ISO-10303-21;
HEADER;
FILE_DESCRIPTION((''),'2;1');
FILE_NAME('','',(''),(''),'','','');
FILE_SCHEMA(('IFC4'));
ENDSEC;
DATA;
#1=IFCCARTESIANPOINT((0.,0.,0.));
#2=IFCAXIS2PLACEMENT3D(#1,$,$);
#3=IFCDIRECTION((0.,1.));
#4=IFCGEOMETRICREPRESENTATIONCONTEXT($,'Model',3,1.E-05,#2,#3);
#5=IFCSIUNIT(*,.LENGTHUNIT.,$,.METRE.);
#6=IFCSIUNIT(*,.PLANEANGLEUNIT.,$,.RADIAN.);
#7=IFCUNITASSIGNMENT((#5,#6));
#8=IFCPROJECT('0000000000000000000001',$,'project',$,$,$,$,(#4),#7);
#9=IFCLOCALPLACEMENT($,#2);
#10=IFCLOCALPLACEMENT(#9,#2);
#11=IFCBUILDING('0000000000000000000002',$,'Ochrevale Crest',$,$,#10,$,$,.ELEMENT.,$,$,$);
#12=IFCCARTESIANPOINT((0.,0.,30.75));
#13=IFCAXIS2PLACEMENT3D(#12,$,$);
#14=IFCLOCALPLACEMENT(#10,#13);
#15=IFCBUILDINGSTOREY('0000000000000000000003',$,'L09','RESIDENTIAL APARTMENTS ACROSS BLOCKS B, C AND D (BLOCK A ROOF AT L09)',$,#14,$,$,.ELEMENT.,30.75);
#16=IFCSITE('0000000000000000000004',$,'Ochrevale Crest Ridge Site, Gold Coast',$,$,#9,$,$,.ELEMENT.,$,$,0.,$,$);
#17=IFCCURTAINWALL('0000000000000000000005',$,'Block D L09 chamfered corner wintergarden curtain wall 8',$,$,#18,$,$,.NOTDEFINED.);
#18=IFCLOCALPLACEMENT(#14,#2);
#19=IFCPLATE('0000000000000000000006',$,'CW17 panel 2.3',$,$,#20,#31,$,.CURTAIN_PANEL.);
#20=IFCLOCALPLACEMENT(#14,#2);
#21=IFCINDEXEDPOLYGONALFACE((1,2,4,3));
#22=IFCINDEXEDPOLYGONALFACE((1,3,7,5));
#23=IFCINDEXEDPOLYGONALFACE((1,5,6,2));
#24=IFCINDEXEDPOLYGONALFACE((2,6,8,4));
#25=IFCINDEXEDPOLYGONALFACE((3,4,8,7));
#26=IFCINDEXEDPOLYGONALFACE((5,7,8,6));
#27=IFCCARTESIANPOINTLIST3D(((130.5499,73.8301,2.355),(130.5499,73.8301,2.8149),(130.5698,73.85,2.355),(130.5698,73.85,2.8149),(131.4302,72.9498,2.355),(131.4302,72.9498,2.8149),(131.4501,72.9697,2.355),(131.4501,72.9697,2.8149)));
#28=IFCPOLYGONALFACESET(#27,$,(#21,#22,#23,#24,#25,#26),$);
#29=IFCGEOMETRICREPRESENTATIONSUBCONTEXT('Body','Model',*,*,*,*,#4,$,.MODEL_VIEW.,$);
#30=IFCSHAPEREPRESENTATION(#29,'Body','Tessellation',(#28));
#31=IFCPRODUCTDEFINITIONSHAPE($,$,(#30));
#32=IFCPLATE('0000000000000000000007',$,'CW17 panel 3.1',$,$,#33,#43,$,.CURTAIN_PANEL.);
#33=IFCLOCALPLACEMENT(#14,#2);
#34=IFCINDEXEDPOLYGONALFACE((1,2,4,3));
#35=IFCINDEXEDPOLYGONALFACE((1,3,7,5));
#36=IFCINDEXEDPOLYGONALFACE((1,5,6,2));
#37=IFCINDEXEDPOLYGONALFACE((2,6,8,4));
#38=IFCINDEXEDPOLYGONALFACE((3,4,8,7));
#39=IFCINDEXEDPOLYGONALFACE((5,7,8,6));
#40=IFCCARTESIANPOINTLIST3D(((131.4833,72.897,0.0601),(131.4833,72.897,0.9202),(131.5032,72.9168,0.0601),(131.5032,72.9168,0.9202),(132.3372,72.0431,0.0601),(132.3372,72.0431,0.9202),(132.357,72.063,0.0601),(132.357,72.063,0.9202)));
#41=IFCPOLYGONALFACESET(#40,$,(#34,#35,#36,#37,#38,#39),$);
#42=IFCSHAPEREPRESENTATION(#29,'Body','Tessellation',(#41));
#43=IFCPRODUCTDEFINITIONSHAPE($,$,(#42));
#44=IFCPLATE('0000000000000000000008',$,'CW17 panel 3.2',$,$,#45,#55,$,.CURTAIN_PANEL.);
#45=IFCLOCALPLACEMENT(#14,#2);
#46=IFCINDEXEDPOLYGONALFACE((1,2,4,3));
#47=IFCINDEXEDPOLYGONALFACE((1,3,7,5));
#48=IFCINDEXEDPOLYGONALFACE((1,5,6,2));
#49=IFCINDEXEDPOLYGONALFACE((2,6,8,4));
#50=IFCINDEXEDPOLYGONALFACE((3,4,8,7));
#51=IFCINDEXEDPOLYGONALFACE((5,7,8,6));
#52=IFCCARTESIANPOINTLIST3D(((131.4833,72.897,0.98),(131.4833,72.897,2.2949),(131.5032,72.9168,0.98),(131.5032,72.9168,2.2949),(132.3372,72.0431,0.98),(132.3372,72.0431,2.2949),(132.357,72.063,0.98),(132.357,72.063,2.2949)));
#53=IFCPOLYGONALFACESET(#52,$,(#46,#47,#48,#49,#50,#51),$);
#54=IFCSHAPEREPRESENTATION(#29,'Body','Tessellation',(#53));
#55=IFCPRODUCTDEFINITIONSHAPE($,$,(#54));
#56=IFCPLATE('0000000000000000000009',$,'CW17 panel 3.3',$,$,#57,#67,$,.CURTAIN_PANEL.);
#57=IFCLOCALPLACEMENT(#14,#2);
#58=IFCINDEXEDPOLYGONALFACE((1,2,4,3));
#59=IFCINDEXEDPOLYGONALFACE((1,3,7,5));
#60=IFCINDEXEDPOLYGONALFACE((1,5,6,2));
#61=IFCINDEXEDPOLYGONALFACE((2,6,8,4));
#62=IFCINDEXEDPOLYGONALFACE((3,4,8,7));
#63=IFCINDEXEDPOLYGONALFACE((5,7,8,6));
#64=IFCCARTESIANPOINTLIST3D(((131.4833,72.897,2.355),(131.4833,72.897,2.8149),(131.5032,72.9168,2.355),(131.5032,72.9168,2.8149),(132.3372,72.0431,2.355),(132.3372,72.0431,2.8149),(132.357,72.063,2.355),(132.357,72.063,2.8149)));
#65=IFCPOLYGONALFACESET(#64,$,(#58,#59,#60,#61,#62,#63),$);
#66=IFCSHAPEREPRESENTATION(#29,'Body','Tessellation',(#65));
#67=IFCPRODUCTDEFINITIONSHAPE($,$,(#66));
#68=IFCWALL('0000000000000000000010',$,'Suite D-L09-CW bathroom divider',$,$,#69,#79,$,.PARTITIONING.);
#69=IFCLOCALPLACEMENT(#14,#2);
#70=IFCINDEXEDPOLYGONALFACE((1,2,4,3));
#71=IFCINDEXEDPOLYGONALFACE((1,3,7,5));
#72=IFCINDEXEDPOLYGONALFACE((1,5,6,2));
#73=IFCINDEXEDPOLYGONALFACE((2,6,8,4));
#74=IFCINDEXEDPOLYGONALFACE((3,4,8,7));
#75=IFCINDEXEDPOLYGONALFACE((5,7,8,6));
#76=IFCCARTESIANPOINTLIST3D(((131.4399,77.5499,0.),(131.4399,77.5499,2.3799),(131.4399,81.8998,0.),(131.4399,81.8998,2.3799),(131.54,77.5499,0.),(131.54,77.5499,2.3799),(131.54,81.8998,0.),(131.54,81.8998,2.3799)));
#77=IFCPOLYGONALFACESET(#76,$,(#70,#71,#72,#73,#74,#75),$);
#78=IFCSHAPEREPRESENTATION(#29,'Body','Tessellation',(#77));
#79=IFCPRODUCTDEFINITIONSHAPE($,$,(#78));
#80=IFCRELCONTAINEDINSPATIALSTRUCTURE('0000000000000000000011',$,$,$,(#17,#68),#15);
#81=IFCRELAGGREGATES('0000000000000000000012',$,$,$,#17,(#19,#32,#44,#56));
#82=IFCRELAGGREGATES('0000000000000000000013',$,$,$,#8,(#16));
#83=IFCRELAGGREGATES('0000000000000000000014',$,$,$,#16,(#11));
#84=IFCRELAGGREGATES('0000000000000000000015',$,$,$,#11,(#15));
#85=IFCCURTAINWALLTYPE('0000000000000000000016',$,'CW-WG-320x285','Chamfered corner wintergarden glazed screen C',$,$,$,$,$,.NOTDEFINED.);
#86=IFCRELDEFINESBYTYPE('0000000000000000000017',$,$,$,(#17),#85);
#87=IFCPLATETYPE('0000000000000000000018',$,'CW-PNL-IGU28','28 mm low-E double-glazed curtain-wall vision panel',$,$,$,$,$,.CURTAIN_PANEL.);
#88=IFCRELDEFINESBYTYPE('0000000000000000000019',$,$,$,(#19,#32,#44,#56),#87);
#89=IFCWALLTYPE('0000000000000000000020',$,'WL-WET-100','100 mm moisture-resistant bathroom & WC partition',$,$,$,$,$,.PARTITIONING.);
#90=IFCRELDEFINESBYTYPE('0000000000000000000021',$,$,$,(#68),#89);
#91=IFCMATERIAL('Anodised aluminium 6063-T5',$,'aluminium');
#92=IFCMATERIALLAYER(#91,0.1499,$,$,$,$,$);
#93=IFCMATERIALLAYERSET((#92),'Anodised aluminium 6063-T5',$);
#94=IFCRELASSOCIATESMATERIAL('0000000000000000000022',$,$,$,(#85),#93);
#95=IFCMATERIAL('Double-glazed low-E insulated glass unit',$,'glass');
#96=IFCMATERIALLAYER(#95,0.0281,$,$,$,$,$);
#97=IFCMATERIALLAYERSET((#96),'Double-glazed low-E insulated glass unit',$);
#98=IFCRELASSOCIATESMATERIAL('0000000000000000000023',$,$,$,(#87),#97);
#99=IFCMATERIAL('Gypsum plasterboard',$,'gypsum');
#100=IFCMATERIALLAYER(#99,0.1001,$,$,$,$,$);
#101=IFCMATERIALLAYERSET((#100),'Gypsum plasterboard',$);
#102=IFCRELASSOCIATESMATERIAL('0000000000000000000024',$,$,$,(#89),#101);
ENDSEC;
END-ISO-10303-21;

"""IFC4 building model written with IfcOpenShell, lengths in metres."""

from ifc_helpers import new_model, si_unit, direction, frame, frame_2d, origin, origin_2d, place, context, subcontext, project, spatial, rectangle, extrude, material, layer, layer_set, type_object, element, aggregate, save


model = new_model("IFC4")

# Units and contexts
model_context = context("Model", 3, precision=1e-05, world=origin(), true_north=direction((0.0, 1.0)))
body_context = subcontext(model_context, "Body", "Model", "MODEL_VIEW")
ifc_project = project(units=[si_unit("LENGTHUNIT", "METRE"), si_unit("PLANEANGLEUNIT", "RADIAN")], contexts=[model_context])

# Site, building, storey
site_placement = place(None, origin())
site = spatial("IfcSite", under=ifc_project, at=site_placement, Name="Ochrevale Crest Ridge Site, Gold Coast", CompositionType="ELEMENT", RefElevation=0.0)
building_placement = place(site_placement, origin())
building = spatial("IfcBuilding", under=site, at=building_placement, Name="Ochrevale Crest", CompositionType="ELEMENT")
storey_placement = place(building_placement, frame((0.0, 0.0, 30.75)))
storey = spatial("IfcBuildingStorey", under=building, at=storey_placement, Name="L09", Description="RESIDENTIAL APARTMENTS ACROSS BLOCKS B, C AND D (BLOCK A ROOF AT L09)", CompositionType="ELEMENT", Elevation=30.75)

# Curtain wall
ifc_material_1 = material(Name="Anodised aluminium 6063-T5", Category="aluminium")
ifc_layer_1 = layer(ifc_material_1, 0.1499)
ifc_layer_set_1 = layer_set([ifc_layer_1], Name="Anodised aluminium 6063-T5")
curtain_wall_type_1 = type_object("IfcCurtainWallType", Name="CW-WG-320x285", Description="Chamfered corner wintergarden glazed screen C", PredefinedType="NOTDEFINED", material=ifc_layer_set_1)
curtain_wall_1_placement = place(storey_placement, origin())
curtain_wall_1 = element("IfcCurtainWall", 1, at=curtain_wall_1_placement, inside=storey, type_object=curtain_wall_type_1, Name="Block D L09 chamfered corner wintergarden curtain wall 8", PredefinedType="NOTDEFINED")

# Shared definitions
ifc_material_2 = material(Name="Double-glazed low-E insulated glass unit", Category="glass")
ifc_layer_2 = layer(ifc_material_2, 0.0281)
ifc_layer_set_2 = layer_set([ifc_layer_2], Name="Double-glazed low-E insulated glass unit")
plate_type = type_object("IfcPlateType", Name="CW-PNL-IGU28", Description="28 mm low-E double-glazed curtain-wall vision panel", PredefinedType="CURTAIN_PANEL", material=ifc_layer_set_2)

# Plates
plate_1_placement = place(storey_placement, frame((131.0, 73.3999, 2.355), z_axis=(0.0, 0.0, 1.0), x_axis=(0.707107, -0.707107, 0.0)))
plate_1 = element("IfcPlate", 2, at=plate_1_placement, type_object=plate_type, Name="CW17 panel 2.3", PredefinedType="CURTAIN_PANEL", context=body_context, shape_type="SweptSolid", body=[
    extrude(rectangle(XDim=1.2449, YDim=0.0281, at=origin_2d()), origin(), (0.0, 0.0, 1.0), 0.46),
])
plate_2_placement = place(storey_placement, frame((131.9202, 72.48, 0.0601), z_axis=(0.0, 0.0, 1.0), x_axis=(0.707107, -0.707107, 0.0)))
plate_2 = element("IfcPlate", 3, at=plate_2_placement, type_object=plate_type, Name="CW17 panel 3.1", PredefinedType="CURTAIN_PANEL", context=body_context, shape_type="SweptSolid", body=[
    extrude(rectangle(XDim=1.2075, YDim=0.0281, at=origin_2d()), origin(), (0.0, 0.0, 1.0), 0.8601),
])
plate_3_placement = place(storey_placement, frame((131.9202, 72.48, 0.98), z_axis=(0.0, 0.0, 1.0), x_axis=(0.707107, -0.707107, 0.0)))
plate_3 = element("IfcPlate", 4, at=plate_3_placement, type_object=plate_type, Name="CW17 panel 3.2", PredefinedType="CURTAIN_PANEL", context=body_context, shape_type="SweptSolid", body=[
    extrude(rectangle(XDim=1.2075, YDim=0.0281, at=origin_2d()), origin(), (0.0, 0.0, 1.0), 1.3149),
])
plate_4_placement = place(storey_placement, frame((131.9202, 72.48, 2.355), z_axis=(0.0, 0.0, 1.0), x_axis=(0.707107, -0.707107, 0.0)))
plate_4 = element("IfcPlate", 5, at=plate_4_placement, type_object=plate_type, Name="CW17 panel 3.3", PredefinedType="CURTAIN_PANEL", context=body_context, shape_type="SweptSolid", body=[
    extrude(rectangle(XDim=1.2075, YDim=0.0281, at=origin_2d()), origin(), (0.0, 0.0, 1.0), 0.46),
])
aggregate(curtain_wall_1, [plate_1, plate_2, plate_3, plate_4])

# Wall
ifc_material_3 = material(Name="Gypsum plasterboard", Category="gypsum")
ifc_layer_3 = layer(ifc_material_3, 0.1001)
ifc_layer_set_3 = layer_set([ifc_layer_3], Name="Gypsum plasterboard")
wall_type = type_object("IfcWallType", Name="WL-WET-100", Description="100 mm moisture-resistant bathroom & WC partition", PredefinedType="PARTITIONING", material=ifc_layer_set_3)
wall_placement = place(storey_placement, frame((131.49, 77.55, 0.0), z_axis=(0.0, 0.0, 1.0), x_axis=(0.0, 1.0, 0.0)))
element("IfcWall", 6, at=wall_placement, inside=storey, type_object=wall_type, Name="Suite D-L09-CW bathroom divider", PredefinedType="PARTITIONING", context=body_context, shape_type="SweptSolid", body=[
    extrude(rectangle(XDim=4.3499, YDim=0.1001, at=frame_2d((2.1748, 0.0))), origin(), (0.0, 0.0, 1.0), 2.3799),
])

save(model, "model.ifc")
